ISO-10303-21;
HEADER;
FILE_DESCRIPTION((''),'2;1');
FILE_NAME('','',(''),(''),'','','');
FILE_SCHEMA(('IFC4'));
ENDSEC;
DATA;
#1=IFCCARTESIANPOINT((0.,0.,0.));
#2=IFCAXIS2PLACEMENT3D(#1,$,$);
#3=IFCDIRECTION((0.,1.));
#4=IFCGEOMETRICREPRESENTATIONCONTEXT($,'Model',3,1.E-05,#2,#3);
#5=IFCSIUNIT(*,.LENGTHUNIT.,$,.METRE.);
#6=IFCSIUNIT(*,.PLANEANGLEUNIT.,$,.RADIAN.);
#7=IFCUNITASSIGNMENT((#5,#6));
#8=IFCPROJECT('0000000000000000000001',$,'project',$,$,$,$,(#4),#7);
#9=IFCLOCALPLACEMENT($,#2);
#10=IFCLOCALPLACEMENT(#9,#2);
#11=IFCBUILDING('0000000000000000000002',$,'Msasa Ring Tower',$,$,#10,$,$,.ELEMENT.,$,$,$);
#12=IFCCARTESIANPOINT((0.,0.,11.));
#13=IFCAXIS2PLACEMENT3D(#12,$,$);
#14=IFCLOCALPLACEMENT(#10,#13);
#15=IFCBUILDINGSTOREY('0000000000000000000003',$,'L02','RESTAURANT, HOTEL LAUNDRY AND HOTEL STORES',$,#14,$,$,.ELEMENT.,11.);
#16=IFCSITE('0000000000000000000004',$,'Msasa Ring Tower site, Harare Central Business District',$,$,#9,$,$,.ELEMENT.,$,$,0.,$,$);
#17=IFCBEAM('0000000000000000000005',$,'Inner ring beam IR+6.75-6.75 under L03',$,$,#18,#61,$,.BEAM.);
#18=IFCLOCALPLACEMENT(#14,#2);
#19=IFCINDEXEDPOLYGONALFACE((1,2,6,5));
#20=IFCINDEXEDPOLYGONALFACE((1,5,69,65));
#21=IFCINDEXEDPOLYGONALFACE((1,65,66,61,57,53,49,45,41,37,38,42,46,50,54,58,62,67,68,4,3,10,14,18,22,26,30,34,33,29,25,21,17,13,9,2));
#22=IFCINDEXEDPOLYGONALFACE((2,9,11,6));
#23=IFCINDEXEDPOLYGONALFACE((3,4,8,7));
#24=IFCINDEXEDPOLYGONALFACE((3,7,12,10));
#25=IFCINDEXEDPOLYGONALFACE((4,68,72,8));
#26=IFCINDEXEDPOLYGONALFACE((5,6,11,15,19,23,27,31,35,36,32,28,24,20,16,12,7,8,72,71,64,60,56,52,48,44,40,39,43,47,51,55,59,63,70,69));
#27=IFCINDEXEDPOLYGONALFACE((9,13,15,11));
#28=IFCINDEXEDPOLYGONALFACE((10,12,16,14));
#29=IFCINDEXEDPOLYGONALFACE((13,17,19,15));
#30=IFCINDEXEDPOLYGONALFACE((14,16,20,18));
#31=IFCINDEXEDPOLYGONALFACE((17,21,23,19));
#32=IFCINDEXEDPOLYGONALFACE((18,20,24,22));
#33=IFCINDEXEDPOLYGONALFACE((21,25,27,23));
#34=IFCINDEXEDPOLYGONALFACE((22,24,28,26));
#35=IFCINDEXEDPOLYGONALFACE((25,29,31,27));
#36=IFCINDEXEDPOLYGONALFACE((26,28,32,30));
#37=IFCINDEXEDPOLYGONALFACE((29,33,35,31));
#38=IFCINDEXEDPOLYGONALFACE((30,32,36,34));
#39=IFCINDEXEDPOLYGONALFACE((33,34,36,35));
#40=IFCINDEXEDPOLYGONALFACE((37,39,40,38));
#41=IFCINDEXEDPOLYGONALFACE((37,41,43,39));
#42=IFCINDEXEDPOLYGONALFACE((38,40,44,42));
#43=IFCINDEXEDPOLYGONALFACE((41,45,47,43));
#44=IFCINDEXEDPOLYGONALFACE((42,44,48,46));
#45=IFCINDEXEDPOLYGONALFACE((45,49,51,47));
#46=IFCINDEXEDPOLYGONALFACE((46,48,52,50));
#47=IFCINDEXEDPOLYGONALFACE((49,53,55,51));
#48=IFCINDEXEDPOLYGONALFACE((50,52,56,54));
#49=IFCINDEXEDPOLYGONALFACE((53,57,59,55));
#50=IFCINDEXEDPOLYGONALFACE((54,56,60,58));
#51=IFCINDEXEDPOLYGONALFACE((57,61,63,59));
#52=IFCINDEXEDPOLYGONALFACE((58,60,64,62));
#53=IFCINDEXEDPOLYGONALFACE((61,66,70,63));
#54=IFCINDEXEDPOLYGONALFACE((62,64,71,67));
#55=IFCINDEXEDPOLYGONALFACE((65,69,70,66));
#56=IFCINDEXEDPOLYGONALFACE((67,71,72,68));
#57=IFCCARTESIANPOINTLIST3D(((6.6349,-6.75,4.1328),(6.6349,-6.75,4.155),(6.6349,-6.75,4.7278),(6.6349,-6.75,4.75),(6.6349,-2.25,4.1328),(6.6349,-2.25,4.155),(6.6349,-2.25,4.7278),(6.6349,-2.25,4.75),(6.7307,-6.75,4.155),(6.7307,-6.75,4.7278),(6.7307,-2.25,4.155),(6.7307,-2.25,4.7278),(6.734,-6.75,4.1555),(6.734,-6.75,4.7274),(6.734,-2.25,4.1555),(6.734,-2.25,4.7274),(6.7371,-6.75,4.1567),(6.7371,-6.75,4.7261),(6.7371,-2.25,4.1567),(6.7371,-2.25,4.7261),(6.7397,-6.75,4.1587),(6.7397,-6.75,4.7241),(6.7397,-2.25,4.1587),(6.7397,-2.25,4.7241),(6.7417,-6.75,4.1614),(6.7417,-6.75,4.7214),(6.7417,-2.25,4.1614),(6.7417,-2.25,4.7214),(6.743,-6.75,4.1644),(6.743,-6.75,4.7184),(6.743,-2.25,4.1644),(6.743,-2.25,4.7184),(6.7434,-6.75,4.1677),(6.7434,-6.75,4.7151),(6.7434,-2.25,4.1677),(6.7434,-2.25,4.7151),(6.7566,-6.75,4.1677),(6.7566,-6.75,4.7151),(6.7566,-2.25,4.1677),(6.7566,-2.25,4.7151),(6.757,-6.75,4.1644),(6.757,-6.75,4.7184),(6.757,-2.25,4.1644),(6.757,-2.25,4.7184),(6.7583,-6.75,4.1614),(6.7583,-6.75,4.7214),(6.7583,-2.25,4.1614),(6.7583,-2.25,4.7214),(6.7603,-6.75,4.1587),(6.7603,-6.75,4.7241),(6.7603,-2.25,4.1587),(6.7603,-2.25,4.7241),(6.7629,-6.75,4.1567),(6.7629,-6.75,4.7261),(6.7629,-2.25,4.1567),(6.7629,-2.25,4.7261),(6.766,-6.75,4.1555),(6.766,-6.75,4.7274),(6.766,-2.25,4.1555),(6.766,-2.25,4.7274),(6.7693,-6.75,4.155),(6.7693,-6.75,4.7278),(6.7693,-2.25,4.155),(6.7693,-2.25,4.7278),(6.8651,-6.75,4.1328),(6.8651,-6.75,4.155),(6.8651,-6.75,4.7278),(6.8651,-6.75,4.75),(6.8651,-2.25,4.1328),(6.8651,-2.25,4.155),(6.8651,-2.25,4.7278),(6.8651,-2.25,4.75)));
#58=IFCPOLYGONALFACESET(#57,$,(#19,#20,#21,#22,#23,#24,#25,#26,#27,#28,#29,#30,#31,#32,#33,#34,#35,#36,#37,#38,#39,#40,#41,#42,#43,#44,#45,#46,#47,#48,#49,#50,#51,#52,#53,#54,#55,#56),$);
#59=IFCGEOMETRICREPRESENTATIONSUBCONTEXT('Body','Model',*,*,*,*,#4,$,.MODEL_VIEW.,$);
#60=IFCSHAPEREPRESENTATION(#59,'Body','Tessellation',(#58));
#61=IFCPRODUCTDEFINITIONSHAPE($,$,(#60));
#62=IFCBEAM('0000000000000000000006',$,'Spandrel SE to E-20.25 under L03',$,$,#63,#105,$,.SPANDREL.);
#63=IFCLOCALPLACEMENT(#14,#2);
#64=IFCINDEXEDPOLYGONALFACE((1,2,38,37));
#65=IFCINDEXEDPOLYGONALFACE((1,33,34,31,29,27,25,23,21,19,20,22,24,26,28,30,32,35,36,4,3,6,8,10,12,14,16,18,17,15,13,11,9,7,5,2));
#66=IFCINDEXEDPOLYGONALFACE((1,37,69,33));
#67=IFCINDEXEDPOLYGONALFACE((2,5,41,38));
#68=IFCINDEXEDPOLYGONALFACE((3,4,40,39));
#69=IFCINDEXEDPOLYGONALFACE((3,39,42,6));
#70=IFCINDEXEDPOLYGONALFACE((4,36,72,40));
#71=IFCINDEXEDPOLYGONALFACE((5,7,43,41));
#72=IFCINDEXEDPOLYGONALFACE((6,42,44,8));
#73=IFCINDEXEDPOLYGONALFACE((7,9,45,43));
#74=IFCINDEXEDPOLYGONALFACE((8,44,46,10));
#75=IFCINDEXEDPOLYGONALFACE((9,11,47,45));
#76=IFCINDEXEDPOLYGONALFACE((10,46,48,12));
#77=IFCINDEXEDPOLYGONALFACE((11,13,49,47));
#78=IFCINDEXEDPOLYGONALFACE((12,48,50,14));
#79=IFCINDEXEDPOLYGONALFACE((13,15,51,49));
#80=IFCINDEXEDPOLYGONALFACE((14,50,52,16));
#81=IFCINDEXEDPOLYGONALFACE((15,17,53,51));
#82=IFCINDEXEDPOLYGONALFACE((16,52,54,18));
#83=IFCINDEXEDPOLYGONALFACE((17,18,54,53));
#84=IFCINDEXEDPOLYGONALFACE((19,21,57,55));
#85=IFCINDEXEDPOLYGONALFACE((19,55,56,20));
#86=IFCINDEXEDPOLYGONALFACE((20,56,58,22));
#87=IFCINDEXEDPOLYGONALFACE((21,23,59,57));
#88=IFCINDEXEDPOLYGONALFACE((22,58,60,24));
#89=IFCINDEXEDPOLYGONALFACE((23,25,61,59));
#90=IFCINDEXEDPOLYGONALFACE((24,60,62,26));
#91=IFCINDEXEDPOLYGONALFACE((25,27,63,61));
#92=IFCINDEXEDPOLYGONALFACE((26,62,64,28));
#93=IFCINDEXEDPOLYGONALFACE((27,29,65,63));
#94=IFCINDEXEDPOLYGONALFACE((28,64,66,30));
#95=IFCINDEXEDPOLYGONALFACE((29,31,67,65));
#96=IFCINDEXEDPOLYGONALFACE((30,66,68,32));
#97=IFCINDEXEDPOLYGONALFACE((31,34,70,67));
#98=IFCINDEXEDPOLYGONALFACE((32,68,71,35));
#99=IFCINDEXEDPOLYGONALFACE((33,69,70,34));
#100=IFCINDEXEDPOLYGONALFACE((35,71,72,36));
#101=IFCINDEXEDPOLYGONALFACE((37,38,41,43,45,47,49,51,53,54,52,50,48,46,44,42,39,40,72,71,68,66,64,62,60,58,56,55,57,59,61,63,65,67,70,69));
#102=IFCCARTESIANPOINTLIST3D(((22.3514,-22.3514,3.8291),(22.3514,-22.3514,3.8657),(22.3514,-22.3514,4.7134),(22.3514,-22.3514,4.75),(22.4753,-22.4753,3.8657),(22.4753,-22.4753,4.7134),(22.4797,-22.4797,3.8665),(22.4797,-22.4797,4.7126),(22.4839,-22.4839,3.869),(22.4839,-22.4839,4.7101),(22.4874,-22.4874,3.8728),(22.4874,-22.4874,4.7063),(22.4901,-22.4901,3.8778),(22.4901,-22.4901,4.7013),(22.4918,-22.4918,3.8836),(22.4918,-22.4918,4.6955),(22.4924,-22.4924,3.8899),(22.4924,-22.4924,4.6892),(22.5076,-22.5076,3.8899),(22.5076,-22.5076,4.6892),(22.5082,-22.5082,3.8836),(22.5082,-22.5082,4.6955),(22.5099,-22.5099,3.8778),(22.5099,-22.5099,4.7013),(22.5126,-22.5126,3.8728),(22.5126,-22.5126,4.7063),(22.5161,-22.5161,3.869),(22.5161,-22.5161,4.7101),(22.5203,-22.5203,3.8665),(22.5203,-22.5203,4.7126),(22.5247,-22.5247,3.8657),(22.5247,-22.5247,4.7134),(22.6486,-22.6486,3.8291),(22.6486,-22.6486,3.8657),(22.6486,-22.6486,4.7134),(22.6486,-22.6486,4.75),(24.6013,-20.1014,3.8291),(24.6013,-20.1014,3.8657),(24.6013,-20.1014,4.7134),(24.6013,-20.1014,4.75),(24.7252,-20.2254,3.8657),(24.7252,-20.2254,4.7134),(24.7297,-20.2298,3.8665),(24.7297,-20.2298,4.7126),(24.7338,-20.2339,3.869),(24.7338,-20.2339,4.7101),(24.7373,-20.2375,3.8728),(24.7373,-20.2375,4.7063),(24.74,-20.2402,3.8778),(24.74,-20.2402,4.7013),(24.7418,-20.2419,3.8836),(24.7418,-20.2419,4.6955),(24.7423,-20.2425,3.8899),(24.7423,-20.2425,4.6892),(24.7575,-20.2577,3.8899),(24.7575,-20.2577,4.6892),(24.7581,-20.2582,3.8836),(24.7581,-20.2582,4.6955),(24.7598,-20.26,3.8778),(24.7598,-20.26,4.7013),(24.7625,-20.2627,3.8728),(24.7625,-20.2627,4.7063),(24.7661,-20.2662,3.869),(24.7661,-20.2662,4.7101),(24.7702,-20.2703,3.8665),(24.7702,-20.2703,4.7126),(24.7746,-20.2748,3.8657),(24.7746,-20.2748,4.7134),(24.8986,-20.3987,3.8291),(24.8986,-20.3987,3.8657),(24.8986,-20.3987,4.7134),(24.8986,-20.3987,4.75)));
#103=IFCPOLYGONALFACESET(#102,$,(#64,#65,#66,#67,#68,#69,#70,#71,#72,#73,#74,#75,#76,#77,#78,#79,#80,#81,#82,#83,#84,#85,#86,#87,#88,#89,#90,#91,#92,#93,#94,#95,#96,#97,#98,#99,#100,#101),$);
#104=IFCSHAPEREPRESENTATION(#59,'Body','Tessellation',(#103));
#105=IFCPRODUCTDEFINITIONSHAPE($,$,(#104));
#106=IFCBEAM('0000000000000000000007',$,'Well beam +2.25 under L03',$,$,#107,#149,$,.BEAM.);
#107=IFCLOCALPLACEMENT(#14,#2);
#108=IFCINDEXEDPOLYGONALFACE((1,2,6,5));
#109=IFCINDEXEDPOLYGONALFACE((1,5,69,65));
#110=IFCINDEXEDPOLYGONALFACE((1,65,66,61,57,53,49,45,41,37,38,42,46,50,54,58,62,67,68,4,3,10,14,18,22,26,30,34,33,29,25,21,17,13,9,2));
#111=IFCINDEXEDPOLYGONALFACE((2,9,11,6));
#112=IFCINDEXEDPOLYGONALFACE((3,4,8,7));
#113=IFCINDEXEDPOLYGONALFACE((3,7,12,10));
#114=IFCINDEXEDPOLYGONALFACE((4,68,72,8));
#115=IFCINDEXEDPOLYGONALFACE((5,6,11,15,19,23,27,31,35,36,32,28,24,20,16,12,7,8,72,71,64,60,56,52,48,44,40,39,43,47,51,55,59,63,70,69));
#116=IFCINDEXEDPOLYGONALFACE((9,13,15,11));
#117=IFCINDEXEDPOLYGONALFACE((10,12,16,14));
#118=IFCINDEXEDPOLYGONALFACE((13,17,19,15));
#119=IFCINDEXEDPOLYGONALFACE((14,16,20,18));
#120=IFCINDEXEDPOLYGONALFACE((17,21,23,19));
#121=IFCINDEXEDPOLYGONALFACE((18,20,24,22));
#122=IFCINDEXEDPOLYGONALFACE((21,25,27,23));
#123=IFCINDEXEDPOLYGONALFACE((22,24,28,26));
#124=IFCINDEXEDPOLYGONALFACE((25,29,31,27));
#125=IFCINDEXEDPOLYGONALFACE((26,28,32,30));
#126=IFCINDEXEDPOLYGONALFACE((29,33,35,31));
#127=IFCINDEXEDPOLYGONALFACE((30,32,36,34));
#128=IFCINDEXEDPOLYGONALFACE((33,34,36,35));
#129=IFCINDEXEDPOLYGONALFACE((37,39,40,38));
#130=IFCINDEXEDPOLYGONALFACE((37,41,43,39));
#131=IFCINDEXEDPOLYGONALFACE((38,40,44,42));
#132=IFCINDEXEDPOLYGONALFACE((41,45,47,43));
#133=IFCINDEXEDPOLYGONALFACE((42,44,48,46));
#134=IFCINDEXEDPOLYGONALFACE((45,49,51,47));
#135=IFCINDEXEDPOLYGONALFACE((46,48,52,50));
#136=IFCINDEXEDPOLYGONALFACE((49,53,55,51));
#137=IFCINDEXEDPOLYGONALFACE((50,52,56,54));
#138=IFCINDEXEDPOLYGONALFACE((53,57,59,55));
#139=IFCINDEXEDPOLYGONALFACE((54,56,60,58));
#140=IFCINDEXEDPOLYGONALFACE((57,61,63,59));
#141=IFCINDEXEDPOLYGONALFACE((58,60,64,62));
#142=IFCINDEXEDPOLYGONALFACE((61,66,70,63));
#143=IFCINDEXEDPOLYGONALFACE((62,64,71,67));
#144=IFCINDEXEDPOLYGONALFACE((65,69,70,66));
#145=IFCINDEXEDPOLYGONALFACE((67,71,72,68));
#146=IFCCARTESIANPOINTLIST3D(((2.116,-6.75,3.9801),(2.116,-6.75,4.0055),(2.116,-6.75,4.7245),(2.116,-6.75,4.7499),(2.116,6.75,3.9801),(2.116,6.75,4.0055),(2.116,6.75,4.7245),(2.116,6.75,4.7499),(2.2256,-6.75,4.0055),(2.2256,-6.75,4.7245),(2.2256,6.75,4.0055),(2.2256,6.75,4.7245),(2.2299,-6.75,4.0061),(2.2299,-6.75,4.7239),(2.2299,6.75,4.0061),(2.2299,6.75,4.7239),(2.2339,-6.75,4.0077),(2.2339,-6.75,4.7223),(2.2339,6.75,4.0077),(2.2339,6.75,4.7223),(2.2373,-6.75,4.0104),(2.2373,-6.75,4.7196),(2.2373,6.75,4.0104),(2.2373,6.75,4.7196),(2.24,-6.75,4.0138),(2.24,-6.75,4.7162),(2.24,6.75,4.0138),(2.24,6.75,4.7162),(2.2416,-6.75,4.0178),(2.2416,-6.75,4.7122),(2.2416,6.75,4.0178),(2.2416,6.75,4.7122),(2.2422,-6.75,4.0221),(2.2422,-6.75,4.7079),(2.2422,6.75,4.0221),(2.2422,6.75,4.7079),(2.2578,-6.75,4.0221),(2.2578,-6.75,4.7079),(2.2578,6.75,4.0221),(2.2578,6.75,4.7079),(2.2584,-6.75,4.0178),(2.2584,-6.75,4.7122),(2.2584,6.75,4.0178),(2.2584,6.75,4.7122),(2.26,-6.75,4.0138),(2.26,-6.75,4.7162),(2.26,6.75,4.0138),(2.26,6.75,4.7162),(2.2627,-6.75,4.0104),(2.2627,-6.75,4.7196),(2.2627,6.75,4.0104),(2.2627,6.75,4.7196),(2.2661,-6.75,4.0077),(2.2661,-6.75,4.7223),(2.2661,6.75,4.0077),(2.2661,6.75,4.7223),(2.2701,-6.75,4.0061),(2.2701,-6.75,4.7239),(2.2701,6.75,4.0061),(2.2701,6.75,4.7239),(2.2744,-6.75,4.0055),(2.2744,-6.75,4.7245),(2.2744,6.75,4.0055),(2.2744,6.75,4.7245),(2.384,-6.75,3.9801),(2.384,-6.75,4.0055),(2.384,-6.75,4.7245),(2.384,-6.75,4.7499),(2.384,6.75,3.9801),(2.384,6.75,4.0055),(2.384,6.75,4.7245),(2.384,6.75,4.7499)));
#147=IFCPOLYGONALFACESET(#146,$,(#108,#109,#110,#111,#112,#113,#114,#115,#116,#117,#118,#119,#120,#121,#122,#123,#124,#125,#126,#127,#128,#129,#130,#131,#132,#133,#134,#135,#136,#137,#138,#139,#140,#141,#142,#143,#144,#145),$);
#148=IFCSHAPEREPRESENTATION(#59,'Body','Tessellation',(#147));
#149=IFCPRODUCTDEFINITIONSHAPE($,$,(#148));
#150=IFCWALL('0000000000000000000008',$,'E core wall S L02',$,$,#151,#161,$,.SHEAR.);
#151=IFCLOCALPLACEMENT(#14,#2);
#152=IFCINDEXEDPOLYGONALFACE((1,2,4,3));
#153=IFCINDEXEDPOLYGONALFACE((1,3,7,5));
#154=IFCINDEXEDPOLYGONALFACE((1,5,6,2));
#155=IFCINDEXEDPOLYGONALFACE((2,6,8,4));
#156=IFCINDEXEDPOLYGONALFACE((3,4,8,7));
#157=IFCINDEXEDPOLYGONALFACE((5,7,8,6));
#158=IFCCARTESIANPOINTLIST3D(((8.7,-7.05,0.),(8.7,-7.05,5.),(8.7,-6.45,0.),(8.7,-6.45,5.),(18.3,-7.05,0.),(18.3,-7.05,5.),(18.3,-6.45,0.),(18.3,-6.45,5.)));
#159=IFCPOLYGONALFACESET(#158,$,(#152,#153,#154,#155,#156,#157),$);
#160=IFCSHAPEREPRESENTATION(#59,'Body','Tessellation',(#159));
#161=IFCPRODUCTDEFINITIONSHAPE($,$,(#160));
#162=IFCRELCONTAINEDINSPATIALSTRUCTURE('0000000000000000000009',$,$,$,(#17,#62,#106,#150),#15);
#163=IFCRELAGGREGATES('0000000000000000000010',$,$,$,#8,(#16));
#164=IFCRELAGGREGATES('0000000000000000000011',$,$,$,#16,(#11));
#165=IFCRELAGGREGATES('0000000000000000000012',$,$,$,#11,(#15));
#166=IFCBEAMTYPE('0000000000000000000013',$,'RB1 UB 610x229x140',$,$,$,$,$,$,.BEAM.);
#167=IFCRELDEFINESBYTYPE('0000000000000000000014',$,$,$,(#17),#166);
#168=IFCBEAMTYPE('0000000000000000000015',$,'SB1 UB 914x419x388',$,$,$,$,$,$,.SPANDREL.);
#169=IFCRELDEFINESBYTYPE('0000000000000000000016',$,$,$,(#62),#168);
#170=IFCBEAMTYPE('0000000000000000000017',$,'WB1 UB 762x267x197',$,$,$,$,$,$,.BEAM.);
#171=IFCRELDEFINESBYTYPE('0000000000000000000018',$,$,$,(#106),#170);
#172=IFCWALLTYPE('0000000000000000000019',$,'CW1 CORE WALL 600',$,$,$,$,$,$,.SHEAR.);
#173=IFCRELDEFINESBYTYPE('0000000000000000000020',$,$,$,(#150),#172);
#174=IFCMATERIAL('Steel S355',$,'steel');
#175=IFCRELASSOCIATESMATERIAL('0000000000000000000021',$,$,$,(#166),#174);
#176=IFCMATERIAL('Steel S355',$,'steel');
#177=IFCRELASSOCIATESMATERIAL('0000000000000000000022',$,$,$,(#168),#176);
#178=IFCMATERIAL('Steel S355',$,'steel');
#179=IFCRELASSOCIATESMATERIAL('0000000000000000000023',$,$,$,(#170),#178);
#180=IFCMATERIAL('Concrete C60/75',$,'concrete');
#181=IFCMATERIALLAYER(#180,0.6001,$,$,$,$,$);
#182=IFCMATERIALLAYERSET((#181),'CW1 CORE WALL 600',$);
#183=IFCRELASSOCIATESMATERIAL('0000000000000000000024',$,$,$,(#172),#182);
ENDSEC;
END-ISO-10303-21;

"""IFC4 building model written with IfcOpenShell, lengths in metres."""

from ifc_helpers import new_model, si_unit, direction, frame, frame_2d, origin, origin_2d, place, context, subcontext, project, spatial, rectangle, i_section, extrude, material, layer, layer_set, material_profile, profile_set, type_object, element, save


model = new_model("IFC4")

# Units and contexts
model_context = context("Model", 3, precision=1e-05, world=origin(), true_north=direction((0.0, 1.0)))
body_context = subcontext(model_context, "Body", "Model", "MODEL_VIEW")
ifc_project = project(units=[si_unit("LENGTHUNIT", "METRE"), si_unit("PLANEANGLEUNIT", "RADIAN")], contexts=[model_context])

# Site, building, storey
site_placement = place(None, origin())
site = spatial("IfcSite", under=ifc_project, at=site_placement, Name="Msasa Ring Tower site, Harare Central Business District", CompositionType="ELEMENT", RefElevation=0.0)
building_placement = place(site_placement, origin())
building = spatial("IfcBuilding", under=site, at=building_placement, Name="Msasa Ring Tower", CompositionType="ELEMENT")
storey_placement = place(building_placement, frame((0.0, 0.0, 11.0)))
storey = spatial("IfcBuildingStorey", under=building, at=storey_placement, Name="L02", Description="RESTAURANT, HOTEL LAUNDRY AND HOTEL STORES", CompositionType="ELEMENT", Elevation=11.0)

# Beams
ifc_material_1 = material(Name="Steel S355", Category="steel")
ifc_material_profile_1 = material_profile(ifc_material_1, i_section(OverallWidth=0.2302, OverallDepth=0.6172, WebThickness=0.0132, FlangeThickness=0.0222, FilletRadius=0.0127, at=origin_2d()), Name="UB 610x229x140")
ifc_profile_set_1 = profile_set([ifc_material_profile_1], Name="Steel S355")
beam_type_1 = type_object("IfcBeamType", Name="RB1 UB 610x229x140", PredefinedType="BEAM", material=ifc_profile_set_1)
for number, where, z_axis, x_axis, name in (
    (1, (6.75, -6.75, 4.4414), (0.0, 1.0, 0.0), (-1.0, 0.0, 0.0), "Inner ring beam IR+6.75-6.75 under L03"),
):
    element("IfcBeam", number, at=place(storey_placement, frame(where, z_axis=z_axis, x_axis=x_axis)), inside=storey, type_object=beam_type_1, Name=name, PredefinedType="BEAM", context=body_context, shape_type="SweptSolid", body=[
        extrude(i_section(OverallWidth=0.2302, OverallDepth=0.6172, WebThickness=0.0132, FlangeThickness=0.0222, FilletRadius=0.0127, at=origin_2d()), origin(), (0.0, 0.0, 1.0), 4.5),
    ])
ifc_material_2 = material(Name="Steel S355", Category="steel")
ifc_material_profile_2 = material_profile(ifc_material_2, i_section(OverallWidth=0.4204, OverallDepth=0.9209, WebThickness=0.0215, FlangeThickness=0.0366, FilletRadius=0.0242, at=origin_2d()), Name="UB 914x419x388")
ifc_profile_set_2 = profile_set([ifc_material_profile_2], Name="Steel S355")
beam_type_2 = type_object("IfcBeamType", Name="SB1 UB 914x419x388", PredefinedType="SPANDREL", material=ifc_profile_set_2)
beam_1_placement = place(storey_placement, frame((22.5, -22.5, 4.2896), z_axis=(0.707107, 0.707107, 0.0), x_axis=(-0.707107, 0.707107, 0.0)))
element("IfcBeam", 2, at=beam_1_placement, inside=storey, type_object=beam_type_2, Name="Spandrel SE to E-20.25 under L03", PredefinedType="SPANDREL", context=body_context, shape_type="SweptSolid", body=[
    extrude(i_section(OverallWidth=0.4204, OverallDepth=0.9209, WebThickness=0.0215, FlangeThickness=0.0366, FilletRadius=0.0242, at=origin_2d()), origin(), (0.0, 0.0, 1.0), 3.1819),
])
ifc_material_3 = material(Name="Steel S355", Category="steel")
ifc_material_profile_3 = material_profile(ifc_material_3, i_section(OverallWidth=0.2681, OverallDepth=0.7698, WebThickness=0.0156, FlangeThickness=0.0254, FilletRadius=0.0166, at=origin_2d()), Name="UB 762x267x197")
ifc_profile_set_3 = profile_set([ifc_material_profile_3], Name="Steel S355")
beam_type_3 = type_object("IfcBeamType", Name="WB1 UB 762x267x197", PredefinedType="BEAM", material=ifc_profile_set_3)
beam_2_placement = place(storey_placement, frame((2.25, -6.75, 4.365), z_axis=(0.0, 1.0, 0.0), x_axis=(-1.0, 0.0, 0.0)))
element("IfcBeam", 3, at=beam_2_placement, inside=storey, type_object=beam_type_3, Name="Well beam +2.25 under L03", PredefinedType="BEAM", context=body_context, shape_type="SweptSolid", body=[
    extrude(i_section(OverallWidth=0.2681, OverallDepth=0.7698, WebThickness=0.0156, FlangeThickness=0.0254, FilletRadius=0.0166, at=origin_2d()), origin(), (0.0, 0.0, 1.0), 13.5),
])

# Wall
ifc_material_4 = material(Name="Concrete C60/75", Category="concrete")
ifc_layer_1 = layer(ifc_material_4, 0.6001)
ifc_layer_set_1 = layer_set([ifc_layer_1], Name="CW1 CORE WALL 600")
wall_type_1 = type_object("IfcWallType", Name="CW1 CORE WALL 600", PredefinedType="SHEAR", material=ifc_layer_set_1)
wall_1_placement = place(storey_placement, frame((8.7, -6.75, 0.0), z_axis=(0.0, 0.0, 1.0), x_axis=(1.0, 0.0, 0.0)))
element("IfcWall", 4, at=wall_1_placement, inside=storey, type_object=wall_type_1, Name="E core wall S L02", PredefinedType="SHEAR", context=body_context, shape_type="SweptSolid", body=[
    extrude(rectangle(XDim=9.6001, YDim=0.6001, at=frame_2d((4.8, 0.0))), origin(), (0.0, 0.0, 1.0), 5.0),
])

save(model, "model.ifc")
